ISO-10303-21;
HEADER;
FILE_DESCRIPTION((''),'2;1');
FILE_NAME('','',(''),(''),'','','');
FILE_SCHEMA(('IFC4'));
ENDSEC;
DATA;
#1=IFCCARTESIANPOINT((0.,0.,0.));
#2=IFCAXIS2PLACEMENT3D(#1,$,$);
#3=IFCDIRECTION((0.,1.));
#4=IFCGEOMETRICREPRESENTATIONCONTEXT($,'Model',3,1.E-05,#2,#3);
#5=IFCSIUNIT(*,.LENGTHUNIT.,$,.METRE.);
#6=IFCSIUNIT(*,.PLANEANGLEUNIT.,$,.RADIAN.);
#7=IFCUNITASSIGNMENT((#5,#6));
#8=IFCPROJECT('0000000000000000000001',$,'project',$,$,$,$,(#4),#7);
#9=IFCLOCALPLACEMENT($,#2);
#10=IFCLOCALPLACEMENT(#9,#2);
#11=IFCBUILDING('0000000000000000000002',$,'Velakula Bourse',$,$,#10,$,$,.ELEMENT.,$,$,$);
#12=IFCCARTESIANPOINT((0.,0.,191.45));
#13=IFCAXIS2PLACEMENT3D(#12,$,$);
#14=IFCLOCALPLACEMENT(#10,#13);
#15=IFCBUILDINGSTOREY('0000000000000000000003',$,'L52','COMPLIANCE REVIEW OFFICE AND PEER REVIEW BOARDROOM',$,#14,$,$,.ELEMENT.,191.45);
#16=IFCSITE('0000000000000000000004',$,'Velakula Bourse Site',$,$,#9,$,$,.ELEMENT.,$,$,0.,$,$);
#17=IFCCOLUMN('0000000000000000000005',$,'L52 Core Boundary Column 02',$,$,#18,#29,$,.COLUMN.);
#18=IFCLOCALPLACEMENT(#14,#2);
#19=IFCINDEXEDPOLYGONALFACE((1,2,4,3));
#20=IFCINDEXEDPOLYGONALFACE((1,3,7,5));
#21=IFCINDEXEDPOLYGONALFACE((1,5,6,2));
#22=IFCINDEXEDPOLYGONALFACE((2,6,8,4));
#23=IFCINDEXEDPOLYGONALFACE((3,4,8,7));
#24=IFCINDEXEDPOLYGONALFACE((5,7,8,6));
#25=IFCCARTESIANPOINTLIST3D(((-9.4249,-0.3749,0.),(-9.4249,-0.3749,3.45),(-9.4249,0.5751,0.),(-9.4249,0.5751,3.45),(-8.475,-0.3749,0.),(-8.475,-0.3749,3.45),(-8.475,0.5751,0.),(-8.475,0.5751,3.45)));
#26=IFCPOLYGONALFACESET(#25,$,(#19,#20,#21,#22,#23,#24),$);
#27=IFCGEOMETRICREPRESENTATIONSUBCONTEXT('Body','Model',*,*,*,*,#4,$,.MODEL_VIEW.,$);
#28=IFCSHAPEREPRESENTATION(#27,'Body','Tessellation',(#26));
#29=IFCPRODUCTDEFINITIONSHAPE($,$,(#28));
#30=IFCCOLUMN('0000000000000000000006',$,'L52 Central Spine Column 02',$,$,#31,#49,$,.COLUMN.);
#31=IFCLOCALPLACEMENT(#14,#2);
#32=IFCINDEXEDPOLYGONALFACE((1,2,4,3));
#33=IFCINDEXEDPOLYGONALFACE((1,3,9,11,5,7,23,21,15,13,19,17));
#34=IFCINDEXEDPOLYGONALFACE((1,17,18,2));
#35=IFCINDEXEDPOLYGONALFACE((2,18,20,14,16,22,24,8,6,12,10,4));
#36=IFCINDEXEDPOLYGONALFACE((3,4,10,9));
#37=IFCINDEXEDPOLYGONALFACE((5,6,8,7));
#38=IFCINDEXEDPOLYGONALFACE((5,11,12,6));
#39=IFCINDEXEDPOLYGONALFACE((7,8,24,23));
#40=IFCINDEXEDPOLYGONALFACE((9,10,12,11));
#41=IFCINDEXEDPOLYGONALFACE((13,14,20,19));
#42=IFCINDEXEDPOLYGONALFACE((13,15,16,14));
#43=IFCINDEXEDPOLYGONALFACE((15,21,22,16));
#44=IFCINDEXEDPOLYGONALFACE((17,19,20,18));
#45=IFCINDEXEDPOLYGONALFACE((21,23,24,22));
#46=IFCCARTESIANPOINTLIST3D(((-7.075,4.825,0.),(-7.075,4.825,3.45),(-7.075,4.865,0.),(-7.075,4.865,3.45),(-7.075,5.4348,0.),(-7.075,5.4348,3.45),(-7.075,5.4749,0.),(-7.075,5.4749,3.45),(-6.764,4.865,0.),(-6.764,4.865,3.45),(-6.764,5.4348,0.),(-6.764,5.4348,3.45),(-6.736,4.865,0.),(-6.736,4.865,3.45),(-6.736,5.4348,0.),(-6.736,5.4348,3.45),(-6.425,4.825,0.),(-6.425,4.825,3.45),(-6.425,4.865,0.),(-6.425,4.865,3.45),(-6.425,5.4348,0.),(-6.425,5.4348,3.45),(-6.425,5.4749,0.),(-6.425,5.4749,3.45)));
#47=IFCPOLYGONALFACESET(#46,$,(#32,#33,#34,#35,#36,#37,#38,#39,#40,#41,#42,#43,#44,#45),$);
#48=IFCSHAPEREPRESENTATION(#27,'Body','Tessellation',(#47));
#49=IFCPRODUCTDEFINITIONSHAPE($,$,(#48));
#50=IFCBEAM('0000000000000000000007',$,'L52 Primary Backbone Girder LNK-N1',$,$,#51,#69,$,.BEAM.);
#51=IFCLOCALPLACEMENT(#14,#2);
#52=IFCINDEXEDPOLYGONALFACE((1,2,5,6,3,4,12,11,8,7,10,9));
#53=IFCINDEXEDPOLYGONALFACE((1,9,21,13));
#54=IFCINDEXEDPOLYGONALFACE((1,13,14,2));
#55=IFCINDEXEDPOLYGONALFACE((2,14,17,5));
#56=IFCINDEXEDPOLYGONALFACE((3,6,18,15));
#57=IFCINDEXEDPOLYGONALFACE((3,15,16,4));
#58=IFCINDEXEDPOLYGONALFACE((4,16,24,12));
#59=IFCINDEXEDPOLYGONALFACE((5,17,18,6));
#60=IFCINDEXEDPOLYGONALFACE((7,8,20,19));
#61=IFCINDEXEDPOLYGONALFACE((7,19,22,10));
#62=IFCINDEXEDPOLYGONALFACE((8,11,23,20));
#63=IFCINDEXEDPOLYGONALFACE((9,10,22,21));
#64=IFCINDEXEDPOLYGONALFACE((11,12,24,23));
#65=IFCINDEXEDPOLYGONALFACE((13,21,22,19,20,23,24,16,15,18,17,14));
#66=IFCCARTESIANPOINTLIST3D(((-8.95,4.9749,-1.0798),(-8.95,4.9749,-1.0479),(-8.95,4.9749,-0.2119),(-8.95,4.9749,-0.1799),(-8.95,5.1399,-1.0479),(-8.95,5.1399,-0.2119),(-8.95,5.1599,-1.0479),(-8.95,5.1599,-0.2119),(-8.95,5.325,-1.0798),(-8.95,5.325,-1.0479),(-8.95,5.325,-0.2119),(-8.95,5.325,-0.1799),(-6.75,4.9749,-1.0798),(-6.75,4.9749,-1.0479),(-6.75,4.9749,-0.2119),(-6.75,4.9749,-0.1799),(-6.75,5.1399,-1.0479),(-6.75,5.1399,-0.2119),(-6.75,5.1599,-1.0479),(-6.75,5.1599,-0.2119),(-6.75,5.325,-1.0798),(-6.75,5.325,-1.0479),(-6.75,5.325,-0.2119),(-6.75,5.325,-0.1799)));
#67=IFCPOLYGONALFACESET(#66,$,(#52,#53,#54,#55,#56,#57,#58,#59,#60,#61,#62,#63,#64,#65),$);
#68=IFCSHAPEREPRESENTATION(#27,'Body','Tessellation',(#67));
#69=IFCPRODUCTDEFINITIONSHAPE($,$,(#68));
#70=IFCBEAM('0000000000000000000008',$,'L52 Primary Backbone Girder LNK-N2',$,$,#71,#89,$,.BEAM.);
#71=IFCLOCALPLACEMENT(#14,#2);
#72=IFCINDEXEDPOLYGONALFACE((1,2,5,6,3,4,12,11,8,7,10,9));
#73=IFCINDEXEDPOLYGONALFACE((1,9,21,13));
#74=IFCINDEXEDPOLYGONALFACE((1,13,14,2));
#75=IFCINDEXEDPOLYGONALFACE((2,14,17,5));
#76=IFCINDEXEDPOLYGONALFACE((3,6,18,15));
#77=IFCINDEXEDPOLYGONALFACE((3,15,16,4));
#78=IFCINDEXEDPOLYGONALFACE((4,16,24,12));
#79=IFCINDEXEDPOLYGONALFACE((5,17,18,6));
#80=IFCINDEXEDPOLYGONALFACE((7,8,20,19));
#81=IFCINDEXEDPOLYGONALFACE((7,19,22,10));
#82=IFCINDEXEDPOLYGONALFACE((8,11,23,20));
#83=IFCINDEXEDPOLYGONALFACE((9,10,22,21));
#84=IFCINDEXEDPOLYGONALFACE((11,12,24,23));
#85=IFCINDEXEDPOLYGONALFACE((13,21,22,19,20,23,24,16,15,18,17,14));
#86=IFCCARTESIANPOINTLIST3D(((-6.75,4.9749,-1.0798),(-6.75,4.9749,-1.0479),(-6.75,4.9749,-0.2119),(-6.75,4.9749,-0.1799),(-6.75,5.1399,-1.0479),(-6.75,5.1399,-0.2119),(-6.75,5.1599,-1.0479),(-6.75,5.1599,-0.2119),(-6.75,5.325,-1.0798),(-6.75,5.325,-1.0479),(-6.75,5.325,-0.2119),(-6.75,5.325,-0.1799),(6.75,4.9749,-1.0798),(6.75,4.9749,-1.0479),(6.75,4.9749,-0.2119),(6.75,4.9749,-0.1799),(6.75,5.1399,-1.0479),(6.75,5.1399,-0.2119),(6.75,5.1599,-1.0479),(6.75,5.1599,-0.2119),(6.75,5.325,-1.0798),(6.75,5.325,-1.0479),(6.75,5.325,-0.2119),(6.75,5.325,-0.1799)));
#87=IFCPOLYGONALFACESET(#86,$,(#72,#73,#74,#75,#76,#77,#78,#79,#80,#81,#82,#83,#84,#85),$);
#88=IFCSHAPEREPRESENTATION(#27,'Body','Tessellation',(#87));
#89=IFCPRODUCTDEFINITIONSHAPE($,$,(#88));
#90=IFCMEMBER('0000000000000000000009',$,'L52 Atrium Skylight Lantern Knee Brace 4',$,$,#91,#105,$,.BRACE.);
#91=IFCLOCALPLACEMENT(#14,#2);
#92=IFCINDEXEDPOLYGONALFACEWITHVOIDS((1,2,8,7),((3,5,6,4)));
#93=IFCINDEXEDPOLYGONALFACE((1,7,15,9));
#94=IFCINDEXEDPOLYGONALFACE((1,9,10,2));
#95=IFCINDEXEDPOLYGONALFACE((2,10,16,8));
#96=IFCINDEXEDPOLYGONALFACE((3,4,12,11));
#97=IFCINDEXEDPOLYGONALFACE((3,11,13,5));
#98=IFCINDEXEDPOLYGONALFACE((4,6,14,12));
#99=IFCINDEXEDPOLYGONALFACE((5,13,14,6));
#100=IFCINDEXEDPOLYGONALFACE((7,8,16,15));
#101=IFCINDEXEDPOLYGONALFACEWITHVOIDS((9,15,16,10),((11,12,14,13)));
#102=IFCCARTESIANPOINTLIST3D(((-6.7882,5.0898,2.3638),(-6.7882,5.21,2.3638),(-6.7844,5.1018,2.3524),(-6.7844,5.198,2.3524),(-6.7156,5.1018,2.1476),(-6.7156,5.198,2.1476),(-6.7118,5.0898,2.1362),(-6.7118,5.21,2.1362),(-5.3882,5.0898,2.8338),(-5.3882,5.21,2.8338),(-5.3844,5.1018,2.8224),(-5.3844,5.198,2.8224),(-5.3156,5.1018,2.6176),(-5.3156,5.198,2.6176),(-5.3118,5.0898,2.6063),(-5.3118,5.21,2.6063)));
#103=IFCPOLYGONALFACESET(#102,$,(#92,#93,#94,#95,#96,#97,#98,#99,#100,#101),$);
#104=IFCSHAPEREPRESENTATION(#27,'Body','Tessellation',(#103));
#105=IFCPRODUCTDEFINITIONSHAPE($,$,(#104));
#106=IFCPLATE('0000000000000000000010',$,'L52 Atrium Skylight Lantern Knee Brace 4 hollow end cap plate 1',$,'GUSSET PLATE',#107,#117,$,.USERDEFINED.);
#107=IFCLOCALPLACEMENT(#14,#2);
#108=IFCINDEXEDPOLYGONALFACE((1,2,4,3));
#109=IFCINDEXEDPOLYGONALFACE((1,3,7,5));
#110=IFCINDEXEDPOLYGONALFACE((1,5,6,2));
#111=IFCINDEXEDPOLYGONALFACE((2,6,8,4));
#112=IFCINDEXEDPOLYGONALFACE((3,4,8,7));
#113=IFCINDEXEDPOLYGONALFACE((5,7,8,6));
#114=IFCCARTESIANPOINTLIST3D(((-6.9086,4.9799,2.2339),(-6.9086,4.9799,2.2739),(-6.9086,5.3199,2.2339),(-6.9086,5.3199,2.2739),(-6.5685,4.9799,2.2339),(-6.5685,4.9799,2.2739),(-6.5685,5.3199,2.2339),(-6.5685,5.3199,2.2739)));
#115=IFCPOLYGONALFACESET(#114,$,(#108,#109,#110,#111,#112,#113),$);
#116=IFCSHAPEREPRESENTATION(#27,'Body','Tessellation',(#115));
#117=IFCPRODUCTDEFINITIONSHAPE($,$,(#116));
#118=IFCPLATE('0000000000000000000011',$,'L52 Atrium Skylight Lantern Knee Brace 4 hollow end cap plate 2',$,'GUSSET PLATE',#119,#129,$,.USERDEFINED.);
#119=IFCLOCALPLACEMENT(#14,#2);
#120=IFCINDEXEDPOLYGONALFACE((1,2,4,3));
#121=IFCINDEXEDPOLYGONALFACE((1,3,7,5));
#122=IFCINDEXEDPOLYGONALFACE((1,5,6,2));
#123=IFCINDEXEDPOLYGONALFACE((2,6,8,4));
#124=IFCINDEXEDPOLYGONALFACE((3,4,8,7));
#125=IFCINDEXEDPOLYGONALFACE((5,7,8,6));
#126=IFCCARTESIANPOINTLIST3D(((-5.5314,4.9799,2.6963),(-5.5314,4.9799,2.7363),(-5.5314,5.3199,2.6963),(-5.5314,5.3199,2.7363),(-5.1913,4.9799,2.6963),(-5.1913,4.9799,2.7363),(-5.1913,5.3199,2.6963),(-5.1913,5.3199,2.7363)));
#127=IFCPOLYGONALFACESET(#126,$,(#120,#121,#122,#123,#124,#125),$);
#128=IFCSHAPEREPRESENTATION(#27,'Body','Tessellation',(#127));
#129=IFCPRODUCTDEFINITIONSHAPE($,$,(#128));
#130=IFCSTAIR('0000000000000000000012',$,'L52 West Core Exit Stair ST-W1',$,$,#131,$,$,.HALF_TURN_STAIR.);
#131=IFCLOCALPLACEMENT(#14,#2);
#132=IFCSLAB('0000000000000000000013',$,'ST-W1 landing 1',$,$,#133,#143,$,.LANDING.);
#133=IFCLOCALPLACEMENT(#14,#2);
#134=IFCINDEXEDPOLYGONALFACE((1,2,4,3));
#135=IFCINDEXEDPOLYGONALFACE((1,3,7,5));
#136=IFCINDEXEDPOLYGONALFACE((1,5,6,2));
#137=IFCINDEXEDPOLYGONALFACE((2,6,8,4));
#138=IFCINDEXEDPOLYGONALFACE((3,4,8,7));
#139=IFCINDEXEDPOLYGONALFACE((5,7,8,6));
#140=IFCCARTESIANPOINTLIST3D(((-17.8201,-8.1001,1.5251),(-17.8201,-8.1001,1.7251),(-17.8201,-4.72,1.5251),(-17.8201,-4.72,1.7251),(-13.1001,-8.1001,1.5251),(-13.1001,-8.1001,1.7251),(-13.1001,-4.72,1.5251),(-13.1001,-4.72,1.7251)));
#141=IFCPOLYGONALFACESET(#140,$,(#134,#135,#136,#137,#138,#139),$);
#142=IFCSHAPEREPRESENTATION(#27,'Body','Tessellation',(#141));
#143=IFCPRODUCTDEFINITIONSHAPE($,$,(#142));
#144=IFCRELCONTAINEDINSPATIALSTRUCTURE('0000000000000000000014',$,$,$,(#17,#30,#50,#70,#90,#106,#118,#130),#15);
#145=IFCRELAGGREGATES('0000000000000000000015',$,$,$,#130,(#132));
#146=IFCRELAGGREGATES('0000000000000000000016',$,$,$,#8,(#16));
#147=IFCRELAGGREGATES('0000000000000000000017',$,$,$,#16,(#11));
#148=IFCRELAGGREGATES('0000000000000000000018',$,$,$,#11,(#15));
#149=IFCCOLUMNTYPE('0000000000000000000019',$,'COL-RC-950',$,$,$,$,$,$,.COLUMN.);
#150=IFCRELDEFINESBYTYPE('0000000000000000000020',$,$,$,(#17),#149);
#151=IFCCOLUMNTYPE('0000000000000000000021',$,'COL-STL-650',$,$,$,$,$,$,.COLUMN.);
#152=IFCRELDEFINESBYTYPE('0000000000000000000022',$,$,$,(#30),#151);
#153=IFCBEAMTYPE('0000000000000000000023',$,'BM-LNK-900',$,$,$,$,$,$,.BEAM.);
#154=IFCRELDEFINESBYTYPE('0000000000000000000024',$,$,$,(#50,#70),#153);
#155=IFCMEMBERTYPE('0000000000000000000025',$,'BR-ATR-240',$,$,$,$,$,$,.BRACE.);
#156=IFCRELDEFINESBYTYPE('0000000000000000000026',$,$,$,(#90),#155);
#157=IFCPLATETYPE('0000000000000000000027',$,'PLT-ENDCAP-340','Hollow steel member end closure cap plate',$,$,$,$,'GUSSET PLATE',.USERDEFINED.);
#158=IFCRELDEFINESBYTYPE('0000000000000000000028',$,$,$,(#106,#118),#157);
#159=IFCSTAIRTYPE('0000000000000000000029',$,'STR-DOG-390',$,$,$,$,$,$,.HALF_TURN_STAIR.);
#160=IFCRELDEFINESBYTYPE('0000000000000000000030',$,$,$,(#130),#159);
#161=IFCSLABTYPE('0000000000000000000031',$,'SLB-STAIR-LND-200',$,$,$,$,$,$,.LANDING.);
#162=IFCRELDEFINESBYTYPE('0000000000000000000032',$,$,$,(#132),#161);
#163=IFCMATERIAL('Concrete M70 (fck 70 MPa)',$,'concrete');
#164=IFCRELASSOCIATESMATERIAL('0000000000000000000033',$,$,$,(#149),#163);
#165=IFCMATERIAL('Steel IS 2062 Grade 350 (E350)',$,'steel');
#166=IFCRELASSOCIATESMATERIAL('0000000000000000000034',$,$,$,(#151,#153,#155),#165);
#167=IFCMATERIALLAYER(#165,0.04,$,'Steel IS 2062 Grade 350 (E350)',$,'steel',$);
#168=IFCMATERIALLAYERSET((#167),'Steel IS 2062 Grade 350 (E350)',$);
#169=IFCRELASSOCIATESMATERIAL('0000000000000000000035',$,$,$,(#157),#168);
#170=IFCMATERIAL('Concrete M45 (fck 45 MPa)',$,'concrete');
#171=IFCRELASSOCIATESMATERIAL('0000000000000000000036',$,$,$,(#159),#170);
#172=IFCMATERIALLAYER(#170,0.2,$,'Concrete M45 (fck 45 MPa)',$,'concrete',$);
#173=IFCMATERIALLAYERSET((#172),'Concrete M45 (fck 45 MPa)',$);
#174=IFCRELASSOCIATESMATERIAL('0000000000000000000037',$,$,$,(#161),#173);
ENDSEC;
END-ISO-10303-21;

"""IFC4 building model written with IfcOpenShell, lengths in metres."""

from ifc_helpers import new_model, si_unit, direction, frame, origin, origin_2d, place, context, subcontext, project, spatial, polyline, rectangle, hollow_rectangle, i_section, outline, extrude, material, layer, layer_set, material_profile, profile_set, type_object, element, aggregate, save


model = new_model("IFC4")

# Units and contexts
model_context = context("Model", 3, precision=1e-05, world=origin(), true_north=direction((0.0, 1.0)))
body_context = subcontext(model_context, "Body", "Model", "MODEL_VIEW")
ifc_project = project(units=[si_unit("LENGTHUNIT", "METRE"), si_unit("PLANEANGLEUNIT", "RADIAN")], contexts=[model_context])

# Site, building, storey
site_placement = place(None, origin())
site = spatial("IfcSite", under=ifc_project, at=site_placement, Name="Velakula Bourse Site", CompositionType="ELEMENT", RefElevation=0.0)
building_placement = place(site_placement, origin())
building = spatial("IfcBuilding", under=site, at=building_placement, Name="Velakula Bourse", CompositionType="ELEMENT")
storey_placement = place(building_placement, frame((0.0, 0.0, 191.45)))
storey = spatial("IfcBuildingStorey", under=building, at=storey_placement, Name="L52", Description="COMPLIANCE REVIEW OFFICE AND PEER REVIEW BOARDROOM", CompositionType="ELEMENT", Elevation=191.45)

# Columns
ifc_material_1 = material(Name="Concrete M70 (fck 70 MPa)", Category="concrete")
ifc_material_profile_1 = material_profile(ifc_material_1, rectangle(XDim=0.95, YDim=0.95, at=origin_2d()), Name="Concrete M70 (fck 70 MPa)")
ifc_profile_set_1 = profile_set([ifc_material_profile_1], Name="Concrete M70 (fck 70 MPa)")
column_type_1 = type_object("IfcColumnType", Name="COL-RC-950", PredefinedType="COLUMN", material=ifc_profile_set_1)
column_1_placement = place(storey_placement, frame((-8.95, 0.1001, 0.0), z_axis=(0.0, 0.0, 1.0), x_axis=(1.0, 0.0, 0.0)))
element("IfcColumn", 1, at=column_1_placement, inside=storey, type_object=column_type_1, Name="L52 Core Boundary Column 02", PredefinedType="COLUMN", context=body_context, shape_type="SweptSolid", body=[
    extrude(rectangle(XDim=0.95, YDim=0.95, at=origin_2d()), origin(), (0.0, 0.0, 1.0), 3.45),
])
ifc_material_2 = material(Name="Steel IS 2062 Grade 350 (E350)", Category="steel")
ifc_material_profile_2 = material_profile(ifc_material_2, i_section(OverallWidth=0.6499, OverallDepth=0.6499, WebThickness=0.0281, FlangeThickness=0.04, at=origin_2d()), Name="Steel IS 2062 Grade 350 (E350)")
ifc_profile_set_2 = profile_set([ifc_material_profile_2], Name="Steel IS 2062 Grade 350 (E350)")
column_type_2 = type_object("IfcColumnType", Name="COL-STL-650", PredefinedType="COLUMN", material=ifc_profile_set_2)
column_2_placement = place(storey_placement, frame((-6.75, 5.1499, 0.0), z_axis=(0.0, 0.0, 1.0), x_axis=(1.0, 0.0, 0.0)))
element("IfcColumn", 2, at=column_2_placement, inside=storey, type_object=column_type_2, Name="L52 Central Spine Column 02", PredefinedType="COLUMN", context=body_context, shape_type="SweptSolid", body=[
    extrude(i_section(OverallWidth=0.6499, OverallDepth=0.6499, WebThickness=0.0281, FlangeThickness=0.04, at=origin_2d()), origin(), (0.0, 0.0, 1.0), 3.45),
])

# Beams
ifc_material_profile_3 = material_profile(ifc_material_2, i_section(OverallWidth=0.3501, OverallDepth=0.8999, WebThickness=0.02, FlangeThickness=0.032, at=origin_2d()), Name="Steel IS 2062 Grade 350 (E350)")
ifc_profile_set_3 = profile_set([ifc_material_profile_3], Name="Steel IS 2062 Grade 350 (E350)")
beam_type = type_object("IfcBeamType", Name="BM-LNK-900", PredefinedType="BEAM", material=ifc_profile_set_3)
beam_1_placement = place(storey_placement, frame((-8.95, 5.1499, -0.6299), z_axis=(1.0, 0.0, 0.0), x_axis=(0.0, 1.0, 0.0)))
element("IfcBeam", 3, at=beam_1_placement, inside=storey, type_object=beam_type, Name="L52 Primary Backbone Girder LNK-N1", PredefinedType="BEAM", context=body_context, shape_type="SweptSolid", body=[
    extrude(i_section(OverallWidth=0.3501, OverallDepth=0.8999, WebThickness=0.02, FlangeThickness=0.032, at=origin_2d()), origin(), (0.0, 0.0, 1.0), 2.2),
])
beam_2_placement = place(storey_placement, frame((-6.75, 5.1499, -0.6299), z_axis=(1.0, 0.0, 0.0), x_axis=(0.0, 1.0, 0.0)))
element("IfcBeam", 4, at=beam_2_placement, inside=storey, type_object=beam_type, Name="L52 Primary Backbone Girder LNK-N2", PredefinedType="BEAM", context=body_context, shape_type="SweptSolid", body=[
    extrude(i_section(OverallWidth=0.3501, OverallDepth=0.8999, WebThickness=0.02, FlangeThickness=0.032, at=origin_2d()), origin(), (0.0, 0.0, 1.0), 13.5),
])

# Member
ifc_material_profile_4 = material_profile(ifc_material_2, hollow_rectangle(XDim=0.1201, YDim=0.24, WallThickness=0.012, at=origin_2d()), Name="Steel IS 2062 Grade 350 (E350)")
ifc_profile_set_4 = profile_set([ifc_material_profile_4], Name="Steel IS 2062 Grade 350 (E350)")
member_type = type_object("IfcMemberType", Name="BR-ATR-240", PredefinedType="BRACE", material=ifc_profile_set_4)
member_placement = place(storey_placement, frame((-6.75, 5.1499, 2.25), z_axis=(0.948003, 0.0, 0.318261), x_axis=(0.0, 1.0, 0.0)))
element("IfcMember", 5, at=member_placement, inside=storey, type_object=member_type, Name="L52 Atrium Skylight Lantern Knee Brace 4", PredefinedType="BRACE", context=body_context, shape_type="SweptSolid", body=[
    extrude(hollow_rectangle(XDim=0.1201, YDim=0.24, WallThickness=0.012, at=origin_2d()), origin(), (0.0, 0.0, 1.0), 1.4768),
])

# Plates
ifc_layer_1 = layer(ifc_material_2, 0.04, Name="Steel IS 2062 Grade 350 (E350)", Category="steel")
ifc_layer_set_1 = layer_set([ifc_layer_1], Name="Steel IS 2062 Grade 350 (E350)")
plate_type = type_object("IfcPlateType", Name="PLT-ENDCAP-340", Description="Hollow steel member end closure cap plate", ElementType="GUSSET PLATE", PredefinedType="USERDEFINED", material=ifc_layer_set_1)
for number, where, z_axis, x_axis, name in (
    (6, (-6.7385, 5.1499, 2.2339), (0.0, 0.0, 1.0), (1.0, 0.0, 0.0), "L52 Atrium Skylight Lantern Knee Brace 4 hollow end cap plate 1"),
    (7, (-5.3613, 5.1499, 2.6963), (0.0, 0.0, 1.0), (1.0, 0.0, 0.0), "L52 Atrium Skylight Lantern Knee Brace 4 hollow end cap plate 2"),
):
    element("IfcPlate", number, at=place(storey_placement, frame(where, z_axis=z_axis, x_axis=x_axis)), inside=storey, type_object=plate_type, Name=name, ObjectType="GUSSET PLATE", PredefinedType="USERDEFINED", context=body_context, shape_type="SweptSolid", body=[
        extrude(rectangle(XDim=0.3401, YDim=0.3401, at=origin_2d()), origin(), (0.0, 0.0, 1.0), 0.04),
    ])

# Stair, slab
ifc_material_3 = material(Name="Concrete M45 (fck 45 MPa)", Category="concrete")
stair_type = type_object("IfcStairType", Name="STR-DOG-390", PredefinedType="HALF_TURN_STAIR", material=ifc_material_3)
stair_placement = place(storey_placement, origin())
stair = element("IfcStair", 8, at=stair_placement, inside=storey, type_object=stair_type, Name="L52 West Core Exit Stair ST-W1", PredefinedType="HALF_TURN_STAIR")
ifc_layer_2 = layer(ifc_material_3, 0.2, Name="Concrete M45 (fck 45 MPa)", Category="concrete")
ifc_layer_set_2 = layer_set([ifc_layer_2], Name="Concrete M45 (fck 45 MPa)")
slab_type_1 = type_object("IfcSlabType", Name="SLB-STAIR-LND-200", PredefinedType="LANDING", material=ifc_layer_set_2)
slab_1_placement = place(storey_placement, frame((0.0, 0.0, 1.5251)))
slab_1 = element("IfcSlab", 9, at=slab_1_placement, type_object=slab_type_1, Name="ST-W1 landing 1", PredefinedType="LANDING", context=body_context, shape_type="SweptSolid", body=[
    extrude(outline(polyline([(-17.8201, -4.72), (-17.8201, -8.1001), (-13.1001, -8.1001), (-13.1001, -4.72), (-17.8201, -4.72)])), origin(), (0.0, 0.0, 1.0), 0.2),
])
aggregate(stair, [slab_1])

save(model, "model.ifc")
